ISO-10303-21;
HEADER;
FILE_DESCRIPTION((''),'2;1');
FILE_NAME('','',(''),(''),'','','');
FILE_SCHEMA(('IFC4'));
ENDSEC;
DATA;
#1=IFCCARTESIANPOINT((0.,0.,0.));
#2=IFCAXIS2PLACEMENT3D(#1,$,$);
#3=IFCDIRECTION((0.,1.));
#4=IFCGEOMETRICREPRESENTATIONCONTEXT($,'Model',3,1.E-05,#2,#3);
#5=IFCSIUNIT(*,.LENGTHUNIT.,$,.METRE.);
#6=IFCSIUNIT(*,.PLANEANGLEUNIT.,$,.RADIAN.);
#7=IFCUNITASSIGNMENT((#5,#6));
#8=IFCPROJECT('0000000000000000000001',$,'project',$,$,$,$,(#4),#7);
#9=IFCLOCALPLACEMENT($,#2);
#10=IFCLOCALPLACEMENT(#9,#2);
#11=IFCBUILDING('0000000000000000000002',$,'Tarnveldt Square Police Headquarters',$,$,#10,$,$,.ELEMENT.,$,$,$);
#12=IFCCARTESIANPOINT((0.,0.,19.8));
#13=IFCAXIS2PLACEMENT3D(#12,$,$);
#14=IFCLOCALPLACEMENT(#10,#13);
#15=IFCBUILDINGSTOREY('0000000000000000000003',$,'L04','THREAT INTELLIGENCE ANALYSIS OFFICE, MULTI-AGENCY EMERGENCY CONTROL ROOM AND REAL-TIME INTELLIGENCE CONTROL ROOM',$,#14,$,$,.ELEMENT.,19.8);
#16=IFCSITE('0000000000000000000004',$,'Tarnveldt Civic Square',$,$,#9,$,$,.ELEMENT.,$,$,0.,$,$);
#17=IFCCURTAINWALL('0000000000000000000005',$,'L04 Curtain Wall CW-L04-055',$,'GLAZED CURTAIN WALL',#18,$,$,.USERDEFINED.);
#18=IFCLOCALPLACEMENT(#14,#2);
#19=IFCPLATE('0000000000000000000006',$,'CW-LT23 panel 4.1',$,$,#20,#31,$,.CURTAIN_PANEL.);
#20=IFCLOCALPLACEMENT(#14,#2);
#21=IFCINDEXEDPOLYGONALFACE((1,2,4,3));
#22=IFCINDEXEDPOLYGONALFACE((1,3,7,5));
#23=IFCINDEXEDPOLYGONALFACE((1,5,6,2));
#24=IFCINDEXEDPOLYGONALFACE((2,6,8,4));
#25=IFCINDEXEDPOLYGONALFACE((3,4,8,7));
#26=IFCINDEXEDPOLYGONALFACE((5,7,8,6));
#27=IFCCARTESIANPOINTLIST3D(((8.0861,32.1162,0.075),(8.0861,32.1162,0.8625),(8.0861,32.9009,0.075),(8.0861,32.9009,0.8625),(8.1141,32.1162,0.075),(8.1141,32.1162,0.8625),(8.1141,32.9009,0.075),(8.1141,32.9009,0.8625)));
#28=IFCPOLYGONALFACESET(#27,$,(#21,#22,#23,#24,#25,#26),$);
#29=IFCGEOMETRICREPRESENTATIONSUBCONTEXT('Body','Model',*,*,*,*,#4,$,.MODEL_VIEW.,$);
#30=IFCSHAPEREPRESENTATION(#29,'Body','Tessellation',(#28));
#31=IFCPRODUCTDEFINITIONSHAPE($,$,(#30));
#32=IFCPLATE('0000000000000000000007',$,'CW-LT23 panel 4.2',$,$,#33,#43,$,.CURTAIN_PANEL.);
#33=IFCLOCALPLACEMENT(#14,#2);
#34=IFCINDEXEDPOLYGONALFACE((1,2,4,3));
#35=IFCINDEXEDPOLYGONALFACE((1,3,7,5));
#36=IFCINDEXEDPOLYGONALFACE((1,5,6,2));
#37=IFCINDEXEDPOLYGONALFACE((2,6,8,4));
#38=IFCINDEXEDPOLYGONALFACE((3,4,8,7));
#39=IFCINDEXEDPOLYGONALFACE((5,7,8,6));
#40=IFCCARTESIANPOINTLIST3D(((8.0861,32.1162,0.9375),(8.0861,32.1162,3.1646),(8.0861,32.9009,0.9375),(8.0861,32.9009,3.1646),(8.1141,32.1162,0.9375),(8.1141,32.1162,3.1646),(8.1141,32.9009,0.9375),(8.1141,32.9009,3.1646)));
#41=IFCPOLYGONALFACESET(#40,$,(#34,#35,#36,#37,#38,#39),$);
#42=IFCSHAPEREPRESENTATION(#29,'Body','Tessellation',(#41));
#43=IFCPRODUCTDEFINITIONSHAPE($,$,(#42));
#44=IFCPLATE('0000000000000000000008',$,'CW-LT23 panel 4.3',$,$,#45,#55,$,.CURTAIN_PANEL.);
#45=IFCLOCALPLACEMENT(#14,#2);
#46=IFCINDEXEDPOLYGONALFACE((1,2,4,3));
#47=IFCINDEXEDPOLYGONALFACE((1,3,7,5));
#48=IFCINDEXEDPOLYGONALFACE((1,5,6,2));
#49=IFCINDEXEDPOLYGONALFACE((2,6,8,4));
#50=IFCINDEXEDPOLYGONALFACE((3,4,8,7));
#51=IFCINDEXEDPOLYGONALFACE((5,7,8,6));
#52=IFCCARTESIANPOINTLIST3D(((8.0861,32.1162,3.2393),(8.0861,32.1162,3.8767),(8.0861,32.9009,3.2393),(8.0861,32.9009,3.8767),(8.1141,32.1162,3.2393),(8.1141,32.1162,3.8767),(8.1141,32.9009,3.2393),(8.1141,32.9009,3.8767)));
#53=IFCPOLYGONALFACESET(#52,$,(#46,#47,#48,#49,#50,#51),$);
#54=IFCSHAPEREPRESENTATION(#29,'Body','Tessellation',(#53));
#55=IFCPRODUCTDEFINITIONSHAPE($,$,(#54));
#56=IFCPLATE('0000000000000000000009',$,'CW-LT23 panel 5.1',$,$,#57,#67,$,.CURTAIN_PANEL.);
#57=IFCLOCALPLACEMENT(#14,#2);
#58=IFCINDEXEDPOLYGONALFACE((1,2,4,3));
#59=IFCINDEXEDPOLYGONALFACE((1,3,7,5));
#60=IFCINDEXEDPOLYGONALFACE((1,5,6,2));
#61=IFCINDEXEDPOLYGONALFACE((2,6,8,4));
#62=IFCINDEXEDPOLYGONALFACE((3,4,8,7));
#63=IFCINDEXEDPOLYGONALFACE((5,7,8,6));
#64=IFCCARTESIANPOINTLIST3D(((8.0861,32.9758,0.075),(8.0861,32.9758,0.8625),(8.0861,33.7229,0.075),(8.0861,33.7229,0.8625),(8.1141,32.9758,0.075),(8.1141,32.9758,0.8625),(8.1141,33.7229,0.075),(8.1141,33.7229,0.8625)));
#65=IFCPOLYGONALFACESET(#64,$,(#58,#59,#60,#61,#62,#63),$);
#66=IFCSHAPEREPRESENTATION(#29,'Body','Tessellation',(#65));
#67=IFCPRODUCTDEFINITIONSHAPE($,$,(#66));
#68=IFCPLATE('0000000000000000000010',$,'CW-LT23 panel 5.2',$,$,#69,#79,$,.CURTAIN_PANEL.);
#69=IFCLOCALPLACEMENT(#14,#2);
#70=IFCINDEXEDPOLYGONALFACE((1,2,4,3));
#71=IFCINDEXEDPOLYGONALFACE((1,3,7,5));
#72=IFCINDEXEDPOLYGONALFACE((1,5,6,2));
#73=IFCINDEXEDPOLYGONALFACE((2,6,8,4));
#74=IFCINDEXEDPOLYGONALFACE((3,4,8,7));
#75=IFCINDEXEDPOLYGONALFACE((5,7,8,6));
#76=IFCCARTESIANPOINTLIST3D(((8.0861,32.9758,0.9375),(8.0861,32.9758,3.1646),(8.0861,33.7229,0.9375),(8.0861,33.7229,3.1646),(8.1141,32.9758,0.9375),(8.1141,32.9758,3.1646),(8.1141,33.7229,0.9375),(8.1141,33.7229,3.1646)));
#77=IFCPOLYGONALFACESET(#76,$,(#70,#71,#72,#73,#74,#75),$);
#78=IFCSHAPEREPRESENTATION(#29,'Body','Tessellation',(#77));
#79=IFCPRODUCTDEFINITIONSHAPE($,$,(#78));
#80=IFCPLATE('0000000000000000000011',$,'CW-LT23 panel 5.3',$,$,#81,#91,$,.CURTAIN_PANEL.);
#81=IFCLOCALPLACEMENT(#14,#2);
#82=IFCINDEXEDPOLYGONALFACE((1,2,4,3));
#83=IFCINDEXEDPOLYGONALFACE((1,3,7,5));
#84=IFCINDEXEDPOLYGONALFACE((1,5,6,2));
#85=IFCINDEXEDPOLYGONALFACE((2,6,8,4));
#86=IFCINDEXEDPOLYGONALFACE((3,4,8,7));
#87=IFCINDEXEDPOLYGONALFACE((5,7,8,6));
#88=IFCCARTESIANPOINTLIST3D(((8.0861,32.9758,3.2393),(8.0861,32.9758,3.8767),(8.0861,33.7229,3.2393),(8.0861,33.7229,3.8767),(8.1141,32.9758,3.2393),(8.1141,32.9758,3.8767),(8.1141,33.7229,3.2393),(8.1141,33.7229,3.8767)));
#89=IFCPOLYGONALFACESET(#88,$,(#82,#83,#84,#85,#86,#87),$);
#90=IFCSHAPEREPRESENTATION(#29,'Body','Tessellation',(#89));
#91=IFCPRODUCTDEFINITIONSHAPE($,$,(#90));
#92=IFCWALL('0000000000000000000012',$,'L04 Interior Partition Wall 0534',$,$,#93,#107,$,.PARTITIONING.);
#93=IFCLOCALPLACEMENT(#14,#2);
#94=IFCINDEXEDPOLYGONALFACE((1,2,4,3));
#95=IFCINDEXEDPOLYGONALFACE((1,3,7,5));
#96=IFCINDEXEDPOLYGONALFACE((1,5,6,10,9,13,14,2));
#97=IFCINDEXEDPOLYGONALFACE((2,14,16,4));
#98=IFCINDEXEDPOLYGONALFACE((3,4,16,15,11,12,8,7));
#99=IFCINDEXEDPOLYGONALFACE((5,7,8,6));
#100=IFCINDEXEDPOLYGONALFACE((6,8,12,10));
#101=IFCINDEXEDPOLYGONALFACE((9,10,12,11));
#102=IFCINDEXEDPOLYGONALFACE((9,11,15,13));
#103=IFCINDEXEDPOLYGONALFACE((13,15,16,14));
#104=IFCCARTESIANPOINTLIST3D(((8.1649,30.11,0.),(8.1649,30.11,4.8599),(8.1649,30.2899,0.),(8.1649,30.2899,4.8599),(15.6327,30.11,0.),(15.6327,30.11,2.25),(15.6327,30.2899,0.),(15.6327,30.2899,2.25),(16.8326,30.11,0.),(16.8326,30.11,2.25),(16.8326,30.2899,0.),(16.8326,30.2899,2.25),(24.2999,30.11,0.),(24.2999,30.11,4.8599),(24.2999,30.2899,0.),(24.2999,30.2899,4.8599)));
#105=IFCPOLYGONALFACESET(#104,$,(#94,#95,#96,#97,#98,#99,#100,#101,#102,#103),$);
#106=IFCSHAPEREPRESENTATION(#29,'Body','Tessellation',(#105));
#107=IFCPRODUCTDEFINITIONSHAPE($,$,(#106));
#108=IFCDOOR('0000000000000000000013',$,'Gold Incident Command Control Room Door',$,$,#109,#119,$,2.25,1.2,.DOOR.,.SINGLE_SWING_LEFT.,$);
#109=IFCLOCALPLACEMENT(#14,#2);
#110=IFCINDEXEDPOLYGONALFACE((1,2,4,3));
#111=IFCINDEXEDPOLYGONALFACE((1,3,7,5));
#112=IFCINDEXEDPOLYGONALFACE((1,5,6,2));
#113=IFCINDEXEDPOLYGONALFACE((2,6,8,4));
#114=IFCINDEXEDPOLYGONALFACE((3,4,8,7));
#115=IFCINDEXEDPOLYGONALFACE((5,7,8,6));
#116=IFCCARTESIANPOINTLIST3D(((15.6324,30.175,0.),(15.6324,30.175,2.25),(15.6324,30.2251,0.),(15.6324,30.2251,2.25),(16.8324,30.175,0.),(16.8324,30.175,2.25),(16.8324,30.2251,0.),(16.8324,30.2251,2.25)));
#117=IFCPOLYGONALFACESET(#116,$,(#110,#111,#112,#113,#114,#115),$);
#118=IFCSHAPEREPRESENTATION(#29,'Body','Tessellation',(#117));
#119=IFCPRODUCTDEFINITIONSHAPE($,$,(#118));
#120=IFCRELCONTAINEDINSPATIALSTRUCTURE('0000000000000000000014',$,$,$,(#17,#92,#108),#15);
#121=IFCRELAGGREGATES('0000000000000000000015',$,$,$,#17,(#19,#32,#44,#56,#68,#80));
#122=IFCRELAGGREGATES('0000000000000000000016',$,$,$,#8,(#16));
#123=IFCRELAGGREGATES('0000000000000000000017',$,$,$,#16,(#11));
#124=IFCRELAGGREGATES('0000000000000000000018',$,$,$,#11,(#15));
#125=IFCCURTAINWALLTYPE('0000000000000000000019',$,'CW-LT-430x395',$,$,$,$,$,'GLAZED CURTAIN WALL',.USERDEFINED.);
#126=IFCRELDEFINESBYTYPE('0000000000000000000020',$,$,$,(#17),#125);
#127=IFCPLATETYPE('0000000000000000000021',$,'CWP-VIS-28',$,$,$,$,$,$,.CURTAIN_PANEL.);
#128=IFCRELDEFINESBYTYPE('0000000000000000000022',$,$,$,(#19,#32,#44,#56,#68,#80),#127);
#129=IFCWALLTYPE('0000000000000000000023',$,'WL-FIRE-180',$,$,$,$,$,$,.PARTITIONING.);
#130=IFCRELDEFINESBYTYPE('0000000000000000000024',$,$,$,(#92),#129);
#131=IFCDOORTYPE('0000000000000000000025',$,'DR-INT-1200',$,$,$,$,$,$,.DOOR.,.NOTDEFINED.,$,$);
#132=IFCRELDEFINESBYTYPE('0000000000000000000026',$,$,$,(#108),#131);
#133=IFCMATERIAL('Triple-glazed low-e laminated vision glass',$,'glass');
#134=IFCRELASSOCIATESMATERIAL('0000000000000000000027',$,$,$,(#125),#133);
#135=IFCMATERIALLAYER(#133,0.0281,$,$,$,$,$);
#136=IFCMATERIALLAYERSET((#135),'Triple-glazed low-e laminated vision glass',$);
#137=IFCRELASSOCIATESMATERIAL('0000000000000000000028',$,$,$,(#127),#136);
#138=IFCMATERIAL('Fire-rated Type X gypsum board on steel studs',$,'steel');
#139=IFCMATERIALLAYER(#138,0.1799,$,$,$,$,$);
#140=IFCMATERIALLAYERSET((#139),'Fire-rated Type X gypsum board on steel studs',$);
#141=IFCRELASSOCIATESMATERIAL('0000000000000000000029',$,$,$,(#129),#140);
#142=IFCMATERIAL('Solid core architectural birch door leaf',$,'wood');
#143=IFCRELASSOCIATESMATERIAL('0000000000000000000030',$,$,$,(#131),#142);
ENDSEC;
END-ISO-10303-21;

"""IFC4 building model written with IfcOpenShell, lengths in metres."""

from ifc_helpers import new_model, si_unit, direction, frame, frame_2d, origin, origin_2d, place, context, subcontext, project, spatial, rectangle, extrude, material, layer, layer_set, type_object, element, fill, aggregate, save


model = new_model("IFC4")

# Units and contexts
model_context = context("Model", 3, precision=1e-05, world=origin(), true_north=direction((0.0, 1.0)))
body_context = subcontext(model_context, "Body", "Model", "MODEL_VIEW")
ifc_project = project(units=[si_unit("LENGTHUNIT", "METRE"), si_unit("PLANEANGLEUNIT", "RADIAN")], contexts=[model_context])

# Site, building, storey
site_placement = place(None, origin())
site = spatial("IfcSite", under=ifc_project, at=site_placement, Name="Tarnveldt Civic Square", CompositionType="ELEMENT", RefElevation=0.0)
building_placement = place(site_placement, origin())
building = spatial("IfcBuilding", under=site, at=building_placement, Name="Tarnveldt Square Police Headquarters", CompositionType="ELEMENT")
storey_placement = place(building_placement, frame((0.0, 0.0, 19.8)))
storey = spatial("IfcBuildingStorey", under=building, at=storey_placement, Name="L04", Description="THREAT INTELLIGENCE ANALYSIS OFFICE, MULTI-AGENCY EMERGENCY CONTROL ROOM AND REAL-TIME INTELLIGENCE CONTROL ROOM", CompositionType="ELEMENT", Elevation=19.8)

# Curtain wall
ifc_material_1 = material(Name="Triple-glazed low-e laminated vision glass", Category="glass")
curtain_wall_type_1 = type_object("IfcCurtainWallType", Name="CW-LT-430x395", ElementType="GLAZED CURTAIN WALL", PredefinedType="USERDEFINED", material=ifc_material_1)
curtain_wall_1_placement = place(storey_placement, origin())
curtain_wall_1 = element("IfcCurtainWall", 1, at=curtain_wall_1_placement, inside=storey, type_object=curtain_wall_type_1, Name="L04 Curtain Wall CW-L04-055", ObjectType="GLAZED CURTAIN WALL", PredefinedType="USERDEFINED")

# Plates
ifc_layer_1 = layer(ifc_material_1, 0.0281)
ifc_layer_set_1 = layer_set([ifc_layer_1], Name="Triple-glazed low-e laminated vision glass")
plate_type_1 = type_object("IfcPlateType", Name="CWP-VIS-28", PredefinedType="CURTAIN_PANEL", material=ifc_layer_set_1)
plate_1_placement = place(storey_placement, frame((8.1001, 32.5085, 0.075), z_axis=(0.0, 0.0, 1.0), x_axis=(0.0, 1.0, 0.0)))
plate_1 = element("IfcPlate", 2, at=plate_1_placement, type_object=plate_type_1, Name="CW-LT23 panel 4.1", PredefinedType="CURTAIN_PANEL", context=body_context, shape_type="SweptSolid", body=[
    extrude(rectangle(XDim=0.7847, YDim=0.0281, at=origin_2d()), origin(), (0.0, 0.0, 1.0), 0.7876),
])
plate_2_placement = place(storey_placement, frame((8.1001, 32.5085, 0.9375), z_axis=(0.0, 0.0, 1.0), x_axis=(0.0, 1.0, 0.0)))
plate_2 = element("IfcPlate", 3, at=plate_2_placement, type_object=plate_type_1, Name="CW-LT23 panel 4.2", PredefinedType="CURTAIN_PANEL", context=body_context, shape_type="SweptSolid", body=[
    extrude(rectangle(XDim=0.7847, YDim=0.0281, at=origin_2d()), origin(), (0.0, 0.0, 1.0), 2.2271),
])
plate_3_placement = place(storey_placement, frame((8.1001, 32.5085, 3.2393), z_axis=(0.0, 0.0, 1.0), x_axis=(0.0, 1.0, 0.0)))
plate_3 = element("IfcPlate", 4, at=plate_3_placement, type_object=plate_type_1, Name="CW-LT23 panel 4.3", PredefinedType="CURTAIN_PANEL", context=body_context, shape_type="SweptSolid", body=[
    extrude(rectangle(XDim=0.7847, YDim=0.0281, at=origin_2d()), origin(), (0.0, 0.0, 1.0), 0.6375),
])
plate_4_placement = place(storey_placement, frame((8.1001, 33.3494, 0.075), z_axis=(0.0, 0.0, 1.0), x_axis=(0.0, 1.0, 0.0)))
plate_4 = element("IfcPlate", 5, at=plate_4_placement, type_object=plate_type_1, Name="CW-LT23 panel 5.1", PredefinedType="CURTAIN_PANEL", context=body_context, shape_type="SweptSolid", body=[
    extrude(rectangle(XDim=0.7471, YDim=0.0281, at=origin_2d()), origin(), (0.0, 0.0, 1.0), 0.7876),
])
plate_5_placement = place(storey_placement, frame((8.1001, 33.3494, 0.9375), z_axis=(0.0, 0.0, 1.0), x_axis=(0.0, 1.0, 0.0)))
plate_5 = element("IfcPlate", 6, at=plate_5_placement, type_object=plate_type_1, Name="CW-LT23 panel 5.2", PredefinedType="CURTAIN_PANEL", context=body_context, shape_type="SweptSolid", body=[
    extrude(rectangle(XDim=0.7471, YDim=0.0281, at=origin_2d()), origin(), (0.0, 0.0, 1.0), 2.2271),
])
plate_6_placement = place(storey_placement, frame((8.1001, 33.3494, 3.2393), z_axis=(0.0, 0.0, 1.0), x_axis=(0.0, 1.0, 0.0)))
plate_6 = element("IfcPlate", 7, at=plate_6_placement, type_object=plate_type_1, Name="CW-LT23 panel 5.3", PredefinedType="CURTAIN_PANEL", context=body_context, shape_type="SweptSolid", body=[
    extrude(rectangle(XDim=0.7471, YDim=0.0281, at=origin_2d()), origin(), (0.0, 0.0, 1.0), 0.6375),
])
aggregate(curtain_wall_1, [plate_1, plate_2, plate_3, plate_4, plate_5, plate_6])

# Wall, opening, door
ifc_material_2 = material(Name="Fire-rated Type X gypsum board on steel studs", Category="steel")
ifc_layer_2 = layer(ifc_material_2, 0.1799)
ifc_layer_set_2 = layer_set([ifc_layer_2], Name="Fire-rated Type X gypsum board on steel studs")
wall_type = type_object("IfcWallType", Name="WL-FIRE-180", PredefinedType="PARTITIONING", material=ifc_layer_set_2)
wall_placement = place(storey_placement, frame((8.165, 30.2, 0.0), z_axis=(0.0, 0.0, 1.0), x_axis=(1.0, 0.0, 0.0)))
wall = element("IfcWall", 8, at=wall_placement, inside=storey, type_object=wall_type, Name="L04 Interior Partition Wall 0534", PredefinedType="PARTITIONING", context=body_context, shape_type="SweptSolid", body=[
    extrude(rectangle(XDim=16.135, YDim=0.1799, at=frame_2d((8.0674, 0.0))), origin(), (0.0, 0.0, 1.0), 4.8599),
])
opening_placement = place(wall_placement, frame((7.4675, 0.0, 0.0)))
opening = element("IfcOpeningElement", 9, at=opening_placement, cuts=wall, PredefinedType="OPENING", context=body_context, shape_type="SweptSolid", body=[
    extrude(rectangle(XDim=1.2, YDim=2.25, at=frame_2d((0.6001, 1.125))), frame((0.0, 0.0999, 0.0), z_axis=(0.0, -1.0, 0.0), x_axis=(1.0, 0.0, 0.0)), (0.0, 0.0, 1.0), 0.2),
])
ifc_material_3 = material(Name="Solid core architectural birch door leaf", Category="wood")
door_type = type_object("IfcDoorType", Name="DR-INT-1200", OperationType="NOTDEFINED", PredefinedType="DOOR", material=ifc_material_3)
door_placement = place(opening_placement, frame((1.2, 0.0, 0.0), z_axis=(0.0, 0.0, 1.0), x_axis=(-1.0, 0.0, 0.0)))
door = element("IfcDoor", 10, at=door_placement, inside=storey, type_object=door_type, Name="Gold Incident Command Control Room Door", OperationType="SINGLE_SWING_LEFT", OverallHeight=2.25, OverallWidth=1.2, PredefinedType="DOOR", context=body_context, shape_type="SweptSolid", body=[
    extrude(rectangle(XDim=1.2, YDim=2.25, at=frame_2d((0.6001, 1.125))), frame((0.0, 0.0249, 0.0), z_axis=(0.0, -1.0, 0.0), x_axis=(1.0, 0.0, 0.0)), (0.0, 0.0, 1.0), 0.05),
])
fill(opening, door)

save(model, "model.ifc")
